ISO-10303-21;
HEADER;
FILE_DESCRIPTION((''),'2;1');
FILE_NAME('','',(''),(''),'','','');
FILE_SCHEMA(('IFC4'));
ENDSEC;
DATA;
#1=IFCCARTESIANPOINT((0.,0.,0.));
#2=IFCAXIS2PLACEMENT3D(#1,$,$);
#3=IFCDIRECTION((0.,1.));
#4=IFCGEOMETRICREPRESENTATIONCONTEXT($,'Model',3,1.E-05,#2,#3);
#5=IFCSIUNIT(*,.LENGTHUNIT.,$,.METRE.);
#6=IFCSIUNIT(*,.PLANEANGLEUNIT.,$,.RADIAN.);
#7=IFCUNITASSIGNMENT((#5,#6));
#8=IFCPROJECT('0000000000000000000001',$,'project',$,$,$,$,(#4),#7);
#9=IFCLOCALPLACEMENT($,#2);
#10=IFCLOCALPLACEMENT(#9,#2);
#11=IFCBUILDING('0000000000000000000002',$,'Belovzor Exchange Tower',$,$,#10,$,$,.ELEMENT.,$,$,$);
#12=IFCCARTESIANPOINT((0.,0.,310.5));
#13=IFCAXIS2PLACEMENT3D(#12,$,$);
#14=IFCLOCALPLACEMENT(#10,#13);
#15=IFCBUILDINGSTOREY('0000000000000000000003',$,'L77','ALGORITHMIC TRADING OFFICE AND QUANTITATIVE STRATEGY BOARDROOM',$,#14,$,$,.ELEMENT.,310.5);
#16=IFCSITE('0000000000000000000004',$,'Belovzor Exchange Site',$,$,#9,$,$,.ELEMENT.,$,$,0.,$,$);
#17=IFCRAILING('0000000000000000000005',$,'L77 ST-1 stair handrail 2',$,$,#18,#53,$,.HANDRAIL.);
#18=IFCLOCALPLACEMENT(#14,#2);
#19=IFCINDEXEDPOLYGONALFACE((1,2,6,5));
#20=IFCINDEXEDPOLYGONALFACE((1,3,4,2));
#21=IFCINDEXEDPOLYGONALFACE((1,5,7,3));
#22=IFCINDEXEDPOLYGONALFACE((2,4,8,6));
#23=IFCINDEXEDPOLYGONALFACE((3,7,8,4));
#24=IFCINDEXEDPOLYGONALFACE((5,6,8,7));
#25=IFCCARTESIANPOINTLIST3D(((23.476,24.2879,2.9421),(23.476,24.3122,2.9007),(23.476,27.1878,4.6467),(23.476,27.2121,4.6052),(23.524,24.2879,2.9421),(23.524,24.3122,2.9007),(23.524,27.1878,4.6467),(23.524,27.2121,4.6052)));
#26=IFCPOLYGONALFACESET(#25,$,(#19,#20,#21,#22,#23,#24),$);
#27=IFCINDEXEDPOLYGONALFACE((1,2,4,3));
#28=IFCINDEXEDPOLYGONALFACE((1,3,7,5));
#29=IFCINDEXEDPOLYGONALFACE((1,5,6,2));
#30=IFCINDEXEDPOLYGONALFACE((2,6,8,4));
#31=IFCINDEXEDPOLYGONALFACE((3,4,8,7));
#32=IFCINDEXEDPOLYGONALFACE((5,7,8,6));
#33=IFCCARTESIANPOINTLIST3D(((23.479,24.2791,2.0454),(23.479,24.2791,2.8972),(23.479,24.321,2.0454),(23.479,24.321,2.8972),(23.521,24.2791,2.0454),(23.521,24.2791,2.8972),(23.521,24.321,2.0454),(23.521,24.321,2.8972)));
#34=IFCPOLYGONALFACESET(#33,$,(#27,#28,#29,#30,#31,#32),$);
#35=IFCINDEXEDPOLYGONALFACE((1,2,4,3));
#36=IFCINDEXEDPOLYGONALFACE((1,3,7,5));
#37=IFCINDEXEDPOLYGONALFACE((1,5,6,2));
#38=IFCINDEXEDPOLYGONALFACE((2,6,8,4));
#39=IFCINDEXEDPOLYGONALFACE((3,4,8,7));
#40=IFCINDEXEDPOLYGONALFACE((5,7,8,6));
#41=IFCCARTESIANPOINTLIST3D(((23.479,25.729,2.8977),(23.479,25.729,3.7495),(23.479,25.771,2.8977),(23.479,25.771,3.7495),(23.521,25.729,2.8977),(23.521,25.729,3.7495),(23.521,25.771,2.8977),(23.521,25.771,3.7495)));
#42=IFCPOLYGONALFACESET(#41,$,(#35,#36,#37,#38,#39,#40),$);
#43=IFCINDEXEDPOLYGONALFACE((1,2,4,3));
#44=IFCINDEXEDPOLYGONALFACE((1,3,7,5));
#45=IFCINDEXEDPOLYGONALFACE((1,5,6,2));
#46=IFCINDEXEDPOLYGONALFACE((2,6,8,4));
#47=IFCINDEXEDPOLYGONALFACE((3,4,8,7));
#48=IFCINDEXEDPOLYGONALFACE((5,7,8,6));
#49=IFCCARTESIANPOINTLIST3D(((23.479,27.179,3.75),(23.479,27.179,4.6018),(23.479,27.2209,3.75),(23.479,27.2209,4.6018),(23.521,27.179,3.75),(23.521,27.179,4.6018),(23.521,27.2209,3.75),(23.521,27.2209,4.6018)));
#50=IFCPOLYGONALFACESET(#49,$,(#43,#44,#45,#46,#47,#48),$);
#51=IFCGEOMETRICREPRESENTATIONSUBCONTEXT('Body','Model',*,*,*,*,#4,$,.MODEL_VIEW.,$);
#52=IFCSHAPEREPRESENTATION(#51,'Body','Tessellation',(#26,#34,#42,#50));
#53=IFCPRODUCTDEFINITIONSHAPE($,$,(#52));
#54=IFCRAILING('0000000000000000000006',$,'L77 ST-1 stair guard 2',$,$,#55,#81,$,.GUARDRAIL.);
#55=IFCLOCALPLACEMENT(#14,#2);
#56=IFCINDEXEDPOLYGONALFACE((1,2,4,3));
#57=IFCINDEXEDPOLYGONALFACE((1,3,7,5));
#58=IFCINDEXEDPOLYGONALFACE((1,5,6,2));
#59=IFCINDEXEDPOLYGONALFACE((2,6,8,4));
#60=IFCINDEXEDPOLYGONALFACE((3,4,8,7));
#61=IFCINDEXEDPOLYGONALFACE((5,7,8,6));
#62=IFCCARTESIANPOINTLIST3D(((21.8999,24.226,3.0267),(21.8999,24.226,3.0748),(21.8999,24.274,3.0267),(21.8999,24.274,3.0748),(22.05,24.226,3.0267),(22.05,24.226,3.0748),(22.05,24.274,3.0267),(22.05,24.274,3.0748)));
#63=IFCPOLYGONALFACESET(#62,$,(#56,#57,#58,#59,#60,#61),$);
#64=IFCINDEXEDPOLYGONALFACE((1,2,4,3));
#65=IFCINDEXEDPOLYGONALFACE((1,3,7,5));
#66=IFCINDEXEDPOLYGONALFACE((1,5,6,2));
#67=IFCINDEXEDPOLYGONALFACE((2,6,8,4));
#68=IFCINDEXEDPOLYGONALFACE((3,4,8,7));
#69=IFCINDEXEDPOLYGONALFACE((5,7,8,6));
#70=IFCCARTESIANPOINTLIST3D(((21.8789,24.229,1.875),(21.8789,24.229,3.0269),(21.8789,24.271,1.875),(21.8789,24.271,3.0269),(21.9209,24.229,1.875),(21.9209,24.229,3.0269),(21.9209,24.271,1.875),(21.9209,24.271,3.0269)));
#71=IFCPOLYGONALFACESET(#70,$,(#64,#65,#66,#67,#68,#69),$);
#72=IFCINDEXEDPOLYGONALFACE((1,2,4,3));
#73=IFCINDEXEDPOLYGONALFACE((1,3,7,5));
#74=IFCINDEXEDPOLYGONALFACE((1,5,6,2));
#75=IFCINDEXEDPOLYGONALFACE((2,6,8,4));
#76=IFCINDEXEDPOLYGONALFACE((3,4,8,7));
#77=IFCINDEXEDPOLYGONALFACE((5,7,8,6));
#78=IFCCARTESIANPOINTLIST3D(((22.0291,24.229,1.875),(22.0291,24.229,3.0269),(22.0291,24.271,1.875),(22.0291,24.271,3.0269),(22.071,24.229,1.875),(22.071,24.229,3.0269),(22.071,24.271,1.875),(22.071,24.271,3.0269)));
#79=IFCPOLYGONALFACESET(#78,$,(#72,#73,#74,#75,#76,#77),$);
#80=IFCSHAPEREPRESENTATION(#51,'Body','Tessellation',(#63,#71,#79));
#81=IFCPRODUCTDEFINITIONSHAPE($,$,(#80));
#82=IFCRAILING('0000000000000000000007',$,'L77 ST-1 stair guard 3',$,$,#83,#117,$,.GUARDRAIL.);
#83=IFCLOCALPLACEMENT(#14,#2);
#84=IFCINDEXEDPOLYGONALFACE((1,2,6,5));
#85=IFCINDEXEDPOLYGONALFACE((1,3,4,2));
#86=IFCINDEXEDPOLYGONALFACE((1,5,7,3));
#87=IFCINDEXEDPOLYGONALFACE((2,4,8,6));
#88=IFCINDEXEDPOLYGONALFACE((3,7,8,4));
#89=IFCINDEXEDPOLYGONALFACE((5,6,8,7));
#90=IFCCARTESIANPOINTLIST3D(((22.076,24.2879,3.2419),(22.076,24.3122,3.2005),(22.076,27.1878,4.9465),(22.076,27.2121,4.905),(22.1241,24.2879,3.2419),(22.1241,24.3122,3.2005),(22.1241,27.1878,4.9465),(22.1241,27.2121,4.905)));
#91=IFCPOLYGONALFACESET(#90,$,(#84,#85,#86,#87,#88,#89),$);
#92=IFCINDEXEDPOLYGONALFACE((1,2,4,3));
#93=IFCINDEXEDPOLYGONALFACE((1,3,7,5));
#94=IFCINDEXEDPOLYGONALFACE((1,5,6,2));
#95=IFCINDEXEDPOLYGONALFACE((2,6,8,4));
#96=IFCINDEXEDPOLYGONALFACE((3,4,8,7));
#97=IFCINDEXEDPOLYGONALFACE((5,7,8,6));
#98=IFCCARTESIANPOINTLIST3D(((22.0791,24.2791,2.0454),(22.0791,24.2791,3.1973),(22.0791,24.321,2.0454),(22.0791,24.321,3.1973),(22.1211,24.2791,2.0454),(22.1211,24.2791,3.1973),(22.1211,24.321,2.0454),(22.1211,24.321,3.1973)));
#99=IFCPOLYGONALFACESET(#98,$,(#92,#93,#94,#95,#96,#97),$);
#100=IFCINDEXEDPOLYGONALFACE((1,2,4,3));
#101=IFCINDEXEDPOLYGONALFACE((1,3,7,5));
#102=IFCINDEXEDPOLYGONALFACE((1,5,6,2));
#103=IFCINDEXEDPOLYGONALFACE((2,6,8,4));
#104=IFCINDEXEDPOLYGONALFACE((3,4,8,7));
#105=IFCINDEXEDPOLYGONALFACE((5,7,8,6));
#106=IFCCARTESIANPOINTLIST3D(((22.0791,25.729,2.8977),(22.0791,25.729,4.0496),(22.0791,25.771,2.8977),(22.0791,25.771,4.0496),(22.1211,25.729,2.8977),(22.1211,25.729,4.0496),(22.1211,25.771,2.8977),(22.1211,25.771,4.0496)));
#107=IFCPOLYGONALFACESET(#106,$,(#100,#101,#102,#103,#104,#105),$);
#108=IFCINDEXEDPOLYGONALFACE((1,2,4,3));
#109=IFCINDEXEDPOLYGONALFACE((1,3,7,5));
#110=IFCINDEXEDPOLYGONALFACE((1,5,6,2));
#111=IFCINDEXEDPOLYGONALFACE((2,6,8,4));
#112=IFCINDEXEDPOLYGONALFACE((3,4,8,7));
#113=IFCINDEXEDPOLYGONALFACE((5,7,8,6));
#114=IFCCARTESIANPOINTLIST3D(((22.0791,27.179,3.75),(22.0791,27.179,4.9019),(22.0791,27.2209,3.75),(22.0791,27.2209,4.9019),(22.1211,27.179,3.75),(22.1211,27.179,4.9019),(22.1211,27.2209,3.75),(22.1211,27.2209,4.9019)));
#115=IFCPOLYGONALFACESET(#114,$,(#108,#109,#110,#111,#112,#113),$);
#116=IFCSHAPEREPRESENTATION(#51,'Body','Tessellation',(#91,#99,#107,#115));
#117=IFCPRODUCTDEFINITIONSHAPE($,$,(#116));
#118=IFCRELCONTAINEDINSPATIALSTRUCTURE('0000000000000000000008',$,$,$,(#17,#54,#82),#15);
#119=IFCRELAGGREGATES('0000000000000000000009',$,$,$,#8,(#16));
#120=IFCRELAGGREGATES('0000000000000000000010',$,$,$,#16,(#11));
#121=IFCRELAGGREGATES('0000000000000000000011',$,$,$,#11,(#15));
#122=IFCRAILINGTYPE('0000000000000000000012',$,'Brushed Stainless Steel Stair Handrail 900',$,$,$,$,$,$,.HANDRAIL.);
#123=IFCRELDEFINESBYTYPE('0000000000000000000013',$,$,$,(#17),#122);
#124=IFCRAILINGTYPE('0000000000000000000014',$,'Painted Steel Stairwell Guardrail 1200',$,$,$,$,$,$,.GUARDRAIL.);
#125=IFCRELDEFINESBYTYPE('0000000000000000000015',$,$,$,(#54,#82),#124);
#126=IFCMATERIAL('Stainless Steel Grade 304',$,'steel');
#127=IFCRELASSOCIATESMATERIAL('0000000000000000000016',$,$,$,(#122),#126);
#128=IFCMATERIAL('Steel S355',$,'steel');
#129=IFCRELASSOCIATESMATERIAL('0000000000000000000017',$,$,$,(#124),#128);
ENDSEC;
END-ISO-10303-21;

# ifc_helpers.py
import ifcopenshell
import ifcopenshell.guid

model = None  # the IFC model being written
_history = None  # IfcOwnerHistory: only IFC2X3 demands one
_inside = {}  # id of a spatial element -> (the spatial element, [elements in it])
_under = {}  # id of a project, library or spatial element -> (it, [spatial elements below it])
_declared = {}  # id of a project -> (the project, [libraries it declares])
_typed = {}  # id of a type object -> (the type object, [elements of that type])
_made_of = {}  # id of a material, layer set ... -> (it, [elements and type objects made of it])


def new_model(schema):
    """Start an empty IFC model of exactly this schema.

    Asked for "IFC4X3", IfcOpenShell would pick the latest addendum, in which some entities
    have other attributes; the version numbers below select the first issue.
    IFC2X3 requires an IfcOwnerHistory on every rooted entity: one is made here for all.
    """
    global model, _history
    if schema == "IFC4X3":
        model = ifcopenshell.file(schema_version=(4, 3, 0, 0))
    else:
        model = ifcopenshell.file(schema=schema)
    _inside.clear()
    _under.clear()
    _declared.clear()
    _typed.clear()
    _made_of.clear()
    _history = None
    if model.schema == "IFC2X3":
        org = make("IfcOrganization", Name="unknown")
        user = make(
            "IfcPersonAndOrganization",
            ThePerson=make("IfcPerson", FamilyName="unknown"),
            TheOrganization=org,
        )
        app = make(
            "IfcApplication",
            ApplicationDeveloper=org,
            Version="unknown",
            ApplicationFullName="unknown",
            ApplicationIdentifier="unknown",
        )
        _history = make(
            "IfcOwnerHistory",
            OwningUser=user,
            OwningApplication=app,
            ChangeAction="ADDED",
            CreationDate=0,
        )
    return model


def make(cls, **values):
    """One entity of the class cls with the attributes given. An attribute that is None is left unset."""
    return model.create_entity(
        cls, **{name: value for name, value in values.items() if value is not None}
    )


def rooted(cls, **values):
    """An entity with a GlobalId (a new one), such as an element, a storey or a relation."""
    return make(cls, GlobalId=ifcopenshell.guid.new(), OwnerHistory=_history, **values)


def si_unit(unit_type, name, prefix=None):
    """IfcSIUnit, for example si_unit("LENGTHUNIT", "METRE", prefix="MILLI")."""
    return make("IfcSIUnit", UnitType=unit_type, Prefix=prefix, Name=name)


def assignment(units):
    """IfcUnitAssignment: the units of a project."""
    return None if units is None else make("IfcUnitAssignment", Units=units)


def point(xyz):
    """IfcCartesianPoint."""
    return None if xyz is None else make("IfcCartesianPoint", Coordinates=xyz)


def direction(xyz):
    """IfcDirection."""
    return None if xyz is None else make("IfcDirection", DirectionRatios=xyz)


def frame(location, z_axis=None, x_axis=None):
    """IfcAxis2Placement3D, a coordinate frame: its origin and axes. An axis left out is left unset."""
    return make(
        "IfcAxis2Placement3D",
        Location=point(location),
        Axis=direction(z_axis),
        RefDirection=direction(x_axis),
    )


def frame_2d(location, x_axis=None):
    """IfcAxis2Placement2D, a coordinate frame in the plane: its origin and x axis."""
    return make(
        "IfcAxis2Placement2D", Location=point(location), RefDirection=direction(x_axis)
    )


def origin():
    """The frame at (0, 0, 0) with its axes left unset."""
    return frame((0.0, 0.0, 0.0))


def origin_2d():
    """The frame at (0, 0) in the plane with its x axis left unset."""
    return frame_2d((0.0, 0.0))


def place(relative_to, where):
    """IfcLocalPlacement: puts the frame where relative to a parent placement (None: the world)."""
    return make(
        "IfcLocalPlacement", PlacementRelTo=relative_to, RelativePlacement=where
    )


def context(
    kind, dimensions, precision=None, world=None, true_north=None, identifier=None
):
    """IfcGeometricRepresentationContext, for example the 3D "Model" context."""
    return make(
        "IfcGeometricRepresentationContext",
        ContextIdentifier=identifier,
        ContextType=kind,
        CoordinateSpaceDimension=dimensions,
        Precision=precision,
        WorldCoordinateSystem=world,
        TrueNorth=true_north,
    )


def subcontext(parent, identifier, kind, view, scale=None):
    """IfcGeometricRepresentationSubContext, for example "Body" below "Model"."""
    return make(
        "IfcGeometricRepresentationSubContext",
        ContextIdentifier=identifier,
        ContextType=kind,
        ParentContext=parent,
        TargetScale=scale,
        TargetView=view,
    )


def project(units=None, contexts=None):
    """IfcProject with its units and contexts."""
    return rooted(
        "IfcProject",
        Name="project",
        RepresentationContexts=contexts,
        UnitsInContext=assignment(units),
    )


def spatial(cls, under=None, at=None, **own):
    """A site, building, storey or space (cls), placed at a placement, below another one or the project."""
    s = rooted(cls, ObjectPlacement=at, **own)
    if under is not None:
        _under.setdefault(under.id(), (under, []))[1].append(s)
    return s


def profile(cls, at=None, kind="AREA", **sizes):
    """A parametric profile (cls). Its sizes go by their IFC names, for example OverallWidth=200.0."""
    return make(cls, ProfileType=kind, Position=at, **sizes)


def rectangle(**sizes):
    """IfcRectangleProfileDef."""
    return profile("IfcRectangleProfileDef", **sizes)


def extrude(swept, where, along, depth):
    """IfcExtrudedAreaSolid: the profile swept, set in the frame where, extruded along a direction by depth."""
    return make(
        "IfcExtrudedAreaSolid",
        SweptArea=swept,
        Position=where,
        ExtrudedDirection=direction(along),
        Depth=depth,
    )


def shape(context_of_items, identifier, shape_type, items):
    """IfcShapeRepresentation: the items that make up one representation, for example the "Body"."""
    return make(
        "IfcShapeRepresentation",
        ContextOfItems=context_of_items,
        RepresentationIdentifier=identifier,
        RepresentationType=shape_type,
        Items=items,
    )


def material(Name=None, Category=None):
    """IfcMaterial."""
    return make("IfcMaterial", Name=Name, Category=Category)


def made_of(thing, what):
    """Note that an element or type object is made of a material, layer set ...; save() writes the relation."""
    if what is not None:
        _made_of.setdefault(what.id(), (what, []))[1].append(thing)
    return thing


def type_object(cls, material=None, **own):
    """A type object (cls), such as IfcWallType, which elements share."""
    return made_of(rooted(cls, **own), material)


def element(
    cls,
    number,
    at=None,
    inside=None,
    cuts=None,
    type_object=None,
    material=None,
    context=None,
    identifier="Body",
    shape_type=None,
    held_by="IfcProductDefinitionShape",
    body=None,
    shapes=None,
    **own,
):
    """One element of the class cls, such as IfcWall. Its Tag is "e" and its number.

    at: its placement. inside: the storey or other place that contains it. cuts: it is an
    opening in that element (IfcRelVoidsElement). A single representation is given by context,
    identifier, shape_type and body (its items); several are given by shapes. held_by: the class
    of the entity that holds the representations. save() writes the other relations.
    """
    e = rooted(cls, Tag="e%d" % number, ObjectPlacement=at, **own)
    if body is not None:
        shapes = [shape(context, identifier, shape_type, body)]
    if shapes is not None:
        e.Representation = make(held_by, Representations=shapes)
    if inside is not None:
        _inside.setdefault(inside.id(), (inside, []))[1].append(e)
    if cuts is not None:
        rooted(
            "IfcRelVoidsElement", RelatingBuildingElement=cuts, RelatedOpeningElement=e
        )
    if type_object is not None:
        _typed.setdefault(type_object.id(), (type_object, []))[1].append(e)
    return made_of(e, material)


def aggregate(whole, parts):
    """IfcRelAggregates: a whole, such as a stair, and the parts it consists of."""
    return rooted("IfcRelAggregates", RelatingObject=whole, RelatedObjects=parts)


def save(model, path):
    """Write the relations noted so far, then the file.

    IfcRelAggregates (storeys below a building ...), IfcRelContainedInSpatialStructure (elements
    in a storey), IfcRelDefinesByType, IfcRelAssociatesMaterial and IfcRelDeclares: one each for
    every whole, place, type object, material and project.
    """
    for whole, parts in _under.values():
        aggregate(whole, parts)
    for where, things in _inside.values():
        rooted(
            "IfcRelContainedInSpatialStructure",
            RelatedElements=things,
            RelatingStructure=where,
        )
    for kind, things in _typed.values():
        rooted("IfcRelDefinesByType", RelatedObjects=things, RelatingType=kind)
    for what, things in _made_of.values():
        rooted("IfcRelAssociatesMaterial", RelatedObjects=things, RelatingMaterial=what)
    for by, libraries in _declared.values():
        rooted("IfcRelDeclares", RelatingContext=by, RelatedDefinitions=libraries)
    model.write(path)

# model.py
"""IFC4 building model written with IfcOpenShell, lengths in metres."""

from ifc_helpers import new_model, si_unit, direction, frame, origin, origin_2d, place, context, subcontext, project, spatial, rectangle, extrude, material, type_object, element, save


model = new_model("IFC4")

# Units and contexts
model_context = context("Model", 3, precision=1e-05, world=origin(), true_north=direction((0.0, 1.0)))
body_context = subcontext(model_context, "Body", "Model", "MODEL_VIEW")
ifc_project = project(units=[si_unit("LENGTHUNIT", "METRE"), si_unit("PLANEANGLEUNIT", "RADIAN")], contexts=[model_context])

# Site, building, storey
site_placement = place(None, origin())
site = spatial("IfcSite", under=ifc_project, at=site_placement, Name="Belovzor Exchange Site", CompositionType="ELEMENT", RefElevation=0.0)
building_placement = place(site_placement, origin())
building = spatial("IfcBuilding", under=site, at=building_placement, Name="Belovzor Exchange Tower", CompositionType="ELEMENT")
storey_placement = place(building_placement, frame((0.0, 0.0, 310.5)))
storey = spatial("IfcBuildingStorey", under=building, at=storey_placement, Name="L77", Description="ALGORITHMIC TRADING OFFICE AND QUANTITATIVE STRATEGY BOARDROOM", CompositionType="ELEMENT", Elevation=310.5)

# Railings
ifc_material_1 = material(Name="Stainless Steel Grade 304", Category="steel")
railing_type_1 = type_object("IfcRailingType", Name="Brushed Stainless Steel Stair Handrail 900", PredefinedType="HANDRAIL", material=ifc_material_1)
railing_1_placement = place(storey_placement, frame((23.5, 24.3, 2.0454)))
element("IfcRailing", 1, at=railing_1_placement, inside=storey, type_object=railing_type_1, Name="L77 ST-1 stair handrail 2", PredefinedType="HANDRAIL", context=body_context, shape_type="SweptSolid", body=[
    extrude(rectangle(XDim=0.0481, YDim=0.0481, at=origin_2d()), frame((0.0, 0.0, 0.876), z_axis=(0.0, 0.862095, 0.506747), x_axis=(-1.0, 0.0, 0.0)), (0.0, 0.0, 1.0), 3.3638),
    extrude(rectangle(XDim=0.042, YDim=0.042, at=origin_2d()), origin(), (0.0, 0.0, 1.0), 0.8518),
    extrude(rectangle(XDim=0.042, YDim=0.042, at=origin_2d()), frame((0.0, 1.45, 0.8523)), (0.0, 0.0, 1.0), 0.8518),
    extrude(rectangle(XDim=0.042, YDim=0.042, at=origin_2d()), frame((0.0, 2.8999, 1.7046)), (0.0, 0.0, 1.0), 0.8518),
])
ifc_material_2 = material(Name="Steel S355", Category="steel")
railing_type_2 = type_object("IfcRailingType", Name="Painted Steel Stairwell Guardrail 1200", PredefinedType="GUARDRAIL", material=ifc_material_2)
railing_2_placement = place(storey_placement, frame((21.8999, 24.25, 1.875)))
element("IfcRailing", 2, at=railing_2_placement, inside=storey, type_object=railing_type_2, Name="L77 ST-1 stair guard 2", PredefinedType="GUARDRAIL", context=body_context, shape_type="SweptSolid", body=[
    extrude(rectangle(XDim=0.0481, YDim=0.0481, at=origin_2d()), frame((0.0, 0.0, 1.1758), z_axis=(1.0, 0.0, 0.0), x_axis=(0.0, 1.0, 0.0)), (0.0, 0.0, 1.0), 0.1501),
    extrude(rectangle(XDim=0.042, YDim=0.042, at=origin_2d()), origin(), (0.0, 0.0, 1.0), 1.1519),
    extrude(rectangle(XDim=0.042, YDim=0.042, at=origin_2d()), frame((0.1501, 0.0, 0.0)), (0.0, 0.0, 1.0), 1.1519),
])
railing_3_placement = place(storey_placement, frame((22.1001, 24.3, 2.0454)))
element("IfcRailing", 3, at=railing_3_placement, inside=storey, type_object=railing_type_2, Name="L77 ST-1 stair guard 3", PredefinedType="GUARDRAIL", context=body_context, shape_type="SweptSolid", body=[
    extrude(rectangle(XDim=0.0481, YDim=0.0481, at=origin_2d()), frame((0.0, 0.0, 1.1758), z_axis=(0.0, 0.862095, 0.506747), x_axis=(-1.0, 0.0, 0.0)), (0.0, 0.0, 1.0), 3.3638),
    extrude(rectangle(XDim=0.042, YDim=0.042, at=origin_2d()), origin(), (0.0, 0.0, 1.0), 1.1519),
    extrude(rectangle(XDim=0.042, YDim=0.042, at=origin_2d()), frame((0.0, 1.45, 0.8523)), (0.0, 0.0, 1.0), 1.1519),
    extrude(rectangle(XDim=0.042, YDim=0.042, at=origin_2d()), frame((0.0, 2.8999, 1.7046)), (0.0, 0.0, 1.0), 1.1519),
])

save(model, "model.ifc")
